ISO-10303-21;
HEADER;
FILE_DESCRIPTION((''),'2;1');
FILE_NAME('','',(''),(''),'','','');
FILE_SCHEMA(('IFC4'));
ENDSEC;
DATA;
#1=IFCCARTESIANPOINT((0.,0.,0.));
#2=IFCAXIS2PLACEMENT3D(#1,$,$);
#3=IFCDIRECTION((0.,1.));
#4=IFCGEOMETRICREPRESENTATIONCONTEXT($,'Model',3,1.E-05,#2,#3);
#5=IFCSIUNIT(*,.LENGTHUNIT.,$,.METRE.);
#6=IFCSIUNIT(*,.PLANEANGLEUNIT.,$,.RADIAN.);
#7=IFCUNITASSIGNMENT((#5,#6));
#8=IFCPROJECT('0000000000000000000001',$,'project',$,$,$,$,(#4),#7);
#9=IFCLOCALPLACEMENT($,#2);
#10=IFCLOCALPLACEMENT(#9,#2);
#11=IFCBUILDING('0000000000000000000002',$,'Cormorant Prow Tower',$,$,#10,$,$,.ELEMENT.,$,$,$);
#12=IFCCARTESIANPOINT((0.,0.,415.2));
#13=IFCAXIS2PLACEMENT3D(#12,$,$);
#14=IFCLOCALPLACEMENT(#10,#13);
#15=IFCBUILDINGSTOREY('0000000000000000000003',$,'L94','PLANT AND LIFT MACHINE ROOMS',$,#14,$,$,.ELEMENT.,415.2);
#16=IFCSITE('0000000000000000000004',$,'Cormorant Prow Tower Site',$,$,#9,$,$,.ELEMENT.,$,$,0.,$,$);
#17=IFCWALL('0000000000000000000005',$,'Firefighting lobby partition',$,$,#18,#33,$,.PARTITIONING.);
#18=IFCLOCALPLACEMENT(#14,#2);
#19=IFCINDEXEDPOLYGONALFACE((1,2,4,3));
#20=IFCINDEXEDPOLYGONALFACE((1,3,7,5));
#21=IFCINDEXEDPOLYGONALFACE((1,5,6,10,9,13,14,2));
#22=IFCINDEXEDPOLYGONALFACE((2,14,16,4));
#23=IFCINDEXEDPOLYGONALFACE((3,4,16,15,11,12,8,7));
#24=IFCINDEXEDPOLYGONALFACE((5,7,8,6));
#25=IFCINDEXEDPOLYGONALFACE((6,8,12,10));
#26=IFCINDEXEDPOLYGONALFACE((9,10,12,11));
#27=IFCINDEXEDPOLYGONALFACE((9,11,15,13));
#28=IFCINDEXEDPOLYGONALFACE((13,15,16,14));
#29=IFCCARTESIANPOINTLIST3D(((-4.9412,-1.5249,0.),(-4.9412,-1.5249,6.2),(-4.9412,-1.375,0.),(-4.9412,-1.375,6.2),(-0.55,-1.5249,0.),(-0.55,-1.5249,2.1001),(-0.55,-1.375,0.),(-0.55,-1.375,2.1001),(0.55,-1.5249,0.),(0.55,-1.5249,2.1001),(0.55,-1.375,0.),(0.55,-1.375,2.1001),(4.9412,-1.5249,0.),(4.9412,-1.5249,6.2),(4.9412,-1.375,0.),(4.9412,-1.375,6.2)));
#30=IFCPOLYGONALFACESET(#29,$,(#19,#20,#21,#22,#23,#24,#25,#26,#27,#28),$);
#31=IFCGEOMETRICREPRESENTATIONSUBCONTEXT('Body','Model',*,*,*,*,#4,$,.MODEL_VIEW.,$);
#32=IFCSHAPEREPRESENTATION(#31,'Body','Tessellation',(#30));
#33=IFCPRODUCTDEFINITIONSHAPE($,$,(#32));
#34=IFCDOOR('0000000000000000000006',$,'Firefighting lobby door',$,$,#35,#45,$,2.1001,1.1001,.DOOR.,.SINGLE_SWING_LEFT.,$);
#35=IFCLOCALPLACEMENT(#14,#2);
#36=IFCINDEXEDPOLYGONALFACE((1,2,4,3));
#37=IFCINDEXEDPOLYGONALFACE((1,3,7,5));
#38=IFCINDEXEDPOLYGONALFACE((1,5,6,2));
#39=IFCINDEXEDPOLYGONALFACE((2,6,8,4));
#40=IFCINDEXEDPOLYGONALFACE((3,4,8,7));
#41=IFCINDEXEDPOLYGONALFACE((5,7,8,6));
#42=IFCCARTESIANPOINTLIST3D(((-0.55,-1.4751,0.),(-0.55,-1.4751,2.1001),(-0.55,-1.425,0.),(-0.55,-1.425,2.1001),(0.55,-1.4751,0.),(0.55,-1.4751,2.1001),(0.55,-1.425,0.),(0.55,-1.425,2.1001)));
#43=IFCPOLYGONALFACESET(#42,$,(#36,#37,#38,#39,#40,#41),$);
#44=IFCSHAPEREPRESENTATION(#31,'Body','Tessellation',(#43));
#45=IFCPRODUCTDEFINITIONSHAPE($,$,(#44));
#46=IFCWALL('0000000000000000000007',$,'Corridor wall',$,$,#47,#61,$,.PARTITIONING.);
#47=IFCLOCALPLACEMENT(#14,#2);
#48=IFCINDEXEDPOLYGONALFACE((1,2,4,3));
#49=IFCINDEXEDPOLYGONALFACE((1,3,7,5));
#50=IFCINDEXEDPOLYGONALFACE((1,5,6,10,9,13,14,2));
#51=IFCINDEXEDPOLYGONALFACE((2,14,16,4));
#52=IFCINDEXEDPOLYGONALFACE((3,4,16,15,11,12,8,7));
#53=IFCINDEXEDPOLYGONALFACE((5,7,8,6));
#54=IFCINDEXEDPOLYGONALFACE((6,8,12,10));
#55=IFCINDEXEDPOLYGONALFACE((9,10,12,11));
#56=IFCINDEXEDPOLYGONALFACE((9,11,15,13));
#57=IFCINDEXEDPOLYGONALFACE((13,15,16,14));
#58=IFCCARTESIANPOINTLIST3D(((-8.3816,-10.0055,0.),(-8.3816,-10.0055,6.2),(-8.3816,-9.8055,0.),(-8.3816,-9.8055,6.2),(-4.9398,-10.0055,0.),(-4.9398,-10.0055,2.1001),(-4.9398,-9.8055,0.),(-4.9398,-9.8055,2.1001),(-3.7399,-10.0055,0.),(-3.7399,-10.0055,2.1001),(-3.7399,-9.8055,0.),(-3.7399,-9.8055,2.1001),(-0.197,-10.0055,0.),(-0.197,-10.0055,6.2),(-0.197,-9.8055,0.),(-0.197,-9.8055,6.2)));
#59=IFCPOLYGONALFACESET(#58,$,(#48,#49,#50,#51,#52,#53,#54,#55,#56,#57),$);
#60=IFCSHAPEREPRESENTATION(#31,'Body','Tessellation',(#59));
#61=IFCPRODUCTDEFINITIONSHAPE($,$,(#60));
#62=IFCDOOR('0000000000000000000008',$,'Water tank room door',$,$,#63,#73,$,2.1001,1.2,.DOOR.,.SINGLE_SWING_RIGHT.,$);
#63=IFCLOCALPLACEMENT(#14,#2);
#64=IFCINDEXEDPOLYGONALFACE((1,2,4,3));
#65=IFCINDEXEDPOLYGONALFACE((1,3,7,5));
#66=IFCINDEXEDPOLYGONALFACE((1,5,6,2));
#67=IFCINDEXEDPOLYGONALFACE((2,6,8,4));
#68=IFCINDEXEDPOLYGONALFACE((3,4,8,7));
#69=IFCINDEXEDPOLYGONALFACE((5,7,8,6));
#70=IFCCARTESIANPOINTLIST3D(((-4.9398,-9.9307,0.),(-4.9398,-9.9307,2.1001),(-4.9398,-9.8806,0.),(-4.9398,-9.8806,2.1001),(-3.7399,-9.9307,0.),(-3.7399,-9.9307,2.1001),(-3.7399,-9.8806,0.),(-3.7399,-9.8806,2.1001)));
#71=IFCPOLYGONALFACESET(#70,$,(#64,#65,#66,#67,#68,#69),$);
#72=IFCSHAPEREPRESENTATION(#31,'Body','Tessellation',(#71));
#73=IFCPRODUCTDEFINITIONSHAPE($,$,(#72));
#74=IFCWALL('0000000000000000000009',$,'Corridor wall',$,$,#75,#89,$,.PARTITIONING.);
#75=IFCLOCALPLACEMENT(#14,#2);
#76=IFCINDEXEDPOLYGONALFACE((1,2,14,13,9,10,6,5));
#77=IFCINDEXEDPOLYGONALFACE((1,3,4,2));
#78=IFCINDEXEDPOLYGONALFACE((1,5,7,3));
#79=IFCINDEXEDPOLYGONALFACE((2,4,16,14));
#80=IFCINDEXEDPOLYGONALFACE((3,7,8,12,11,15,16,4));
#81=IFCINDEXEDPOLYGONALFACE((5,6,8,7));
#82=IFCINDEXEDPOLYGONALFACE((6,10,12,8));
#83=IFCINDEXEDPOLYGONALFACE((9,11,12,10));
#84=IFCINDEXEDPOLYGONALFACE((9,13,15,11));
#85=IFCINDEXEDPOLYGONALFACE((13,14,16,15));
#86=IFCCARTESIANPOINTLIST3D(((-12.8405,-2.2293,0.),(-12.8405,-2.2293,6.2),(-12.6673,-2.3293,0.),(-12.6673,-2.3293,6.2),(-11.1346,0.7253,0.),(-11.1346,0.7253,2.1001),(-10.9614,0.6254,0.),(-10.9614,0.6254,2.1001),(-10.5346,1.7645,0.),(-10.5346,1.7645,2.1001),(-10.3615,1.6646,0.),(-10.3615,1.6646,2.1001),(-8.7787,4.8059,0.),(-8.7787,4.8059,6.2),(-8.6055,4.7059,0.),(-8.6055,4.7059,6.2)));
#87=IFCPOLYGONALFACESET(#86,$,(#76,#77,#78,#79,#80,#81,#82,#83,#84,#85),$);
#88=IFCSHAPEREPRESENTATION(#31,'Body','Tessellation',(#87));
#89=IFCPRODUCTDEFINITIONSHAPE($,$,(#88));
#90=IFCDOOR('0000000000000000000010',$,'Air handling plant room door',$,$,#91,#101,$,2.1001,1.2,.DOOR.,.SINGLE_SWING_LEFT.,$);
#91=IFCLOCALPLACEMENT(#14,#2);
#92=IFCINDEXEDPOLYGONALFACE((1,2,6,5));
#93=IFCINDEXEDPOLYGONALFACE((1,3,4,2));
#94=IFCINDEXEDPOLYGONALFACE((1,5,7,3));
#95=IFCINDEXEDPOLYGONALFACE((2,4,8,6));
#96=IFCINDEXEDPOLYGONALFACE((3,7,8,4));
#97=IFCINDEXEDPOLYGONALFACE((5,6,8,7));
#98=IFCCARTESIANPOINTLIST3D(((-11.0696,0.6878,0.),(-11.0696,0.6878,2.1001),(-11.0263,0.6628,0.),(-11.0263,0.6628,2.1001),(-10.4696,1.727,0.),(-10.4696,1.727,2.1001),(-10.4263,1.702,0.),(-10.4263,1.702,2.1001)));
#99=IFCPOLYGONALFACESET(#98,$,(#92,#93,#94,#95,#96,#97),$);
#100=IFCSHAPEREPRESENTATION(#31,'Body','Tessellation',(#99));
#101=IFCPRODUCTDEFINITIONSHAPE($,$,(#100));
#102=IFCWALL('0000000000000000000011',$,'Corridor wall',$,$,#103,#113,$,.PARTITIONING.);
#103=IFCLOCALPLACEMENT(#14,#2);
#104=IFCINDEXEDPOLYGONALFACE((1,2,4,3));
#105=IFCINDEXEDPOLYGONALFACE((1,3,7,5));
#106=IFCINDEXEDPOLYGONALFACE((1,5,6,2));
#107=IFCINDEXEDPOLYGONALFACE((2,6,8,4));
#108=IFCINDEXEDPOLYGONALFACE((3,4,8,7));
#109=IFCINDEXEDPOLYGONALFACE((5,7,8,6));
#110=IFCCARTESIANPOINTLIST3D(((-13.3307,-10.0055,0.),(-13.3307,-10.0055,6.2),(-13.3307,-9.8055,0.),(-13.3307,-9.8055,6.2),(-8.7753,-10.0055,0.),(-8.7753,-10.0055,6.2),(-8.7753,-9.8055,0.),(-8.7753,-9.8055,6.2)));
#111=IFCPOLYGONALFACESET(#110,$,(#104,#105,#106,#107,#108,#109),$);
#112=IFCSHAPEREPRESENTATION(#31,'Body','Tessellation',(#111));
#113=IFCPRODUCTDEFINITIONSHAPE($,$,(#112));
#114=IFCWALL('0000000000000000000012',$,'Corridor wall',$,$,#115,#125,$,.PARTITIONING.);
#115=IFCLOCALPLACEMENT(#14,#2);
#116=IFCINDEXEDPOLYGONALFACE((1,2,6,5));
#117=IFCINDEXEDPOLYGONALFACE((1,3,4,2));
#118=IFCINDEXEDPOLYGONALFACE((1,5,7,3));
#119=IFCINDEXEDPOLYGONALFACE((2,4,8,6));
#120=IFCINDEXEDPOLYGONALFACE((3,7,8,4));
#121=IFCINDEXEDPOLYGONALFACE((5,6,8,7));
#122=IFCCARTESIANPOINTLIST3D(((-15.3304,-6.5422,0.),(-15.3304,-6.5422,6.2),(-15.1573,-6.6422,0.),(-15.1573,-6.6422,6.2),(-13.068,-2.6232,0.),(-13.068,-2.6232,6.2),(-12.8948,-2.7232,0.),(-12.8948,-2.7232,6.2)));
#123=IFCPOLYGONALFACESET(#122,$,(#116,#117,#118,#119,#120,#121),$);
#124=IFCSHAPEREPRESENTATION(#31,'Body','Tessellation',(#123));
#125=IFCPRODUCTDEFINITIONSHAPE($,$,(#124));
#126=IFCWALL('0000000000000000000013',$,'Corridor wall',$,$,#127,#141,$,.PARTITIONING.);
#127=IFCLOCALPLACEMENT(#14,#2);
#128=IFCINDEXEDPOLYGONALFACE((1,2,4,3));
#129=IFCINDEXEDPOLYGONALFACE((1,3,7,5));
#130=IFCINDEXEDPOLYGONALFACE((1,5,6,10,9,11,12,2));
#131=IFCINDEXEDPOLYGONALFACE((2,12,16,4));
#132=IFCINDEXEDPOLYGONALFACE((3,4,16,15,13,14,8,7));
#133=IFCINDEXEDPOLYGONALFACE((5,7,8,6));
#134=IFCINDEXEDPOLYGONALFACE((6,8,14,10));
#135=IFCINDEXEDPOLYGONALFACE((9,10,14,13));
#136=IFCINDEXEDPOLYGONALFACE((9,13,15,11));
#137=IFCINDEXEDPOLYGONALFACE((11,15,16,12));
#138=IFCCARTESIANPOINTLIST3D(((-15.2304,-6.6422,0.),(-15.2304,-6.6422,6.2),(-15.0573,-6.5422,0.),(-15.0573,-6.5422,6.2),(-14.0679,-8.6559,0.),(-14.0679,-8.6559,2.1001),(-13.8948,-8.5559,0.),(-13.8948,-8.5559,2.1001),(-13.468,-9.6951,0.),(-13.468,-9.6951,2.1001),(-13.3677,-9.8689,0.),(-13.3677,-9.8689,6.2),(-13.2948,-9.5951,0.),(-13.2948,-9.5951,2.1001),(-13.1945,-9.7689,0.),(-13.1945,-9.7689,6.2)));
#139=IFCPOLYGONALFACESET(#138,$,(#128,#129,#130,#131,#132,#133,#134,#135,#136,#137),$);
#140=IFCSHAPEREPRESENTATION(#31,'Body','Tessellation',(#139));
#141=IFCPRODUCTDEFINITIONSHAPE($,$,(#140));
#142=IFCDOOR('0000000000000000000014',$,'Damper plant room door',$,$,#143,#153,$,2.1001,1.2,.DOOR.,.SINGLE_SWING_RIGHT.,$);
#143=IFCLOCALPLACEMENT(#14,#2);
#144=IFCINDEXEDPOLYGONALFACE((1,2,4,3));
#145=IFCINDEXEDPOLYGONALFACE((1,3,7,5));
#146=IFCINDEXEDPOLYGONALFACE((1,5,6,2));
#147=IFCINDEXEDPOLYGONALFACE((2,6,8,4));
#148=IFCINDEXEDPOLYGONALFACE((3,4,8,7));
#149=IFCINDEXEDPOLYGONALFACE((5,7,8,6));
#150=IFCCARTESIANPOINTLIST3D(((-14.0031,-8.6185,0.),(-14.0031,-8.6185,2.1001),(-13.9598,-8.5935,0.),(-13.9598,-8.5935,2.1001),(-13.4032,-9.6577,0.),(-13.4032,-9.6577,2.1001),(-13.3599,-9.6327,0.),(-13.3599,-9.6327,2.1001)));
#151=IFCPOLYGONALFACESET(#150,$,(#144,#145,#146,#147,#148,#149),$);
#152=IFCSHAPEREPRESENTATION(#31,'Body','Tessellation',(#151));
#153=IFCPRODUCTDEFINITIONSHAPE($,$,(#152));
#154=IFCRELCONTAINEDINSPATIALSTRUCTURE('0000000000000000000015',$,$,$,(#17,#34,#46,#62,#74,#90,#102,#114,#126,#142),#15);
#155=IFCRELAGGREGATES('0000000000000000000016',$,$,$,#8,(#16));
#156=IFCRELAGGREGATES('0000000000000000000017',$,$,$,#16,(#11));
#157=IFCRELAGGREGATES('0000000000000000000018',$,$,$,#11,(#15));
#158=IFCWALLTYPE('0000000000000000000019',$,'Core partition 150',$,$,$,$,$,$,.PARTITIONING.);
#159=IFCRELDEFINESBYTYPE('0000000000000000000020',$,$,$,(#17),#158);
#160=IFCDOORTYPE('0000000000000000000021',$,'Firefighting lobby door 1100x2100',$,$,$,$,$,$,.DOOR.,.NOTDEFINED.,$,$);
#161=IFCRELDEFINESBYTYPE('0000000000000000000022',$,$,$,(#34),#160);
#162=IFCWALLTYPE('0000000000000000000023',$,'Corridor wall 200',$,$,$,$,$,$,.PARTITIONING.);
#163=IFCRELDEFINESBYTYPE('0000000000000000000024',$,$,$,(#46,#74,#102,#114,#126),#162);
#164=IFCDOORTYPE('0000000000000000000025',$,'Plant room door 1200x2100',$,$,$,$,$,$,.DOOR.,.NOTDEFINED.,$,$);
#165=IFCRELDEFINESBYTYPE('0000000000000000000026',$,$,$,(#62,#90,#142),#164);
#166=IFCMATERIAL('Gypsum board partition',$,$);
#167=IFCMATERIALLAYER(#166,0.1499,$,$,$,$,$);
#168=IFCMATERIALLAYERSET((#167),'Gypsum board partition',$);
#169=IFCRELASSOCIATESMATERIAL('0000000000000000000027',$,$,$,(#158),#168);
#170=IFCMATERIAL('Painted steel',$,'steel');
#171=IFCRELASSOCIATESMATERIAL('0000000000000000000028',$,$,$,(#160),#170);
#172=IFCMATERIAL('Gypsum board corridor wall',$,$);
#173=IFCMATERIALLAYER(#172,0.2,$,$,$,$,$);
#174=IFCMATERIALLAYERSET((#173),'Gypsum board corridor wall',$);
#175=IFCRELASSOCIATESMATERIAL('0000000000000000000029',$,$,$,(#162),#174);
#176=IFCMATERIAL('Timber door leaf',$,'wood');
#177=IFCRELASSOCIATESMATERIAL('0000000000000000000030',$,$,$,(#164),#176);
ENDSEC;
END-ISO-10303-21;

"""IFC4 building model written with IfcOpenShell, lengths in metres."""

from ifc_helpers import new_model, si_unit, direction, frame, frame_2d, origin, place, context, subcontext, project, spatial, rectangle, extrude, material, layer, layer_set, type_object, element, fill, save


model = new_model("IFC4")

# Units and contexts
model_context = context("Model", 3, precision=1e-05, world=origin(), true_north=direction((0.0, 1.0)))
body_context = subcontext(model_context, "Body", "Model", "MODEL_VIEW")
ifc_project = project(units=[si_unit("LENGTHUNIT", "METRE"), si_unit("PLANEANGLEUNIT", "RADIAN")], contexts=[model_context])

# Site, building, storey
site_placement = place(None, origin())
site = spatial("IfcSite", under=ifc_project, at=site_placement, Name="Cormorant Prow Tower Site", CompositionType="ELEMENT", RefElevation=0.0)
building_placement = place(site_placement, origin())
building = spatial("IfcBuilding", under=site, at=building_placement, Name="Cormorant Prow Tower", CompositionType="ELEMENT")
storey_placement = place(building_placement, frame((0.0, 0.0, 415.2)))
storey = spatial("IfcBuildingStorey", under=building, at=storey_placement, Name="L94", Description="PLANT AND LIFT MACHINE ROOMS", CompositionType="ELEMENT", Elevation=415.2)

# Walls, openings, doors
ifc_material_1 = material(Name="Gypsum board partition")
ifc_layer_1 = layer(ifc_material_1, 0.1499)
ifc_layer_set_1 = layer_set([ifc_layer_1], Name="Gypsum board partition")
wall_type_1 = type_object("IfcWallType", Name="Core partition 150", PredefinedType="PARTITIONING", material=ifc_layer_set_1)
wall_1_placement = place(storey_placement, frame((-4.9412, -1.45, 0.0), z_axis=(0.0, 0.0, 1.0), x_axis=(1.0, 0.0, 0.0)))
wall_1 = element("IfcWall", 1, at=wall_1_placement, inside=storey, type_object=wall_type_1, Name="Firefighting lobby partition", PredefinedType="PARTITIONING", context=body_context, shape_type="SweptSolid", body=[
    extrude(rectangle(XDim=9.8823, YDim=0.1499, at=frame_2d((4.9412, 0.0))), origin(), (0.0, 0.0, 1.0), 6.2),
])
opening_1_placement = place(wall_1_placement, frame((4.3911, 0.0, 0.0)))
opening_1 = element("IfcOpeningElement", 2, at=opening_1_placement, cuts=wall_1, PredefinedType="OPENING", context=body_context, shape_type="SweptSolid", body=[
    extrude(rectangle(XDim=1.1001, YDim=2.1001, at=frame_2d((0.55, 1.05))), frame((0.0, 0.085, 0.0), z_axis=(0.0, -1.0, 0.0), x_axis=(1.0, 0.0, 0.0)), (0.0, 0.0, 1.0), 0.1699),
])
ifc_material_2 = material(Name="Painted steel", Category="steel")
door_type_1 = type_object("IfcDoorType", Name="Firefighting lobby door 1100x2100", OperationType="NOTDEFINED", PredefinedType="DOOR", material=ifc_material_2)
door_1_placement = place(opening_1_placement, origin())
door_1 = element("IfcDoor", 3, at=door_1_placement, inside=storey, type_object=door_type_1, Name="Firefighting lobby door", OperationType="SINGLE_SWING_LEFT", OverallHeight=2.1001, OverallWidth=1.1001, PredefinedType="DOOR", context=body_context, shape_type="SweptSolid", body=[
    extrude(rectangle(XDim=1.1001, YDim=2.1001, at=frame_2d((0.55, 1.05))), frame((0.0, 0.0249, 0.0), z_axis=(0.0, -1.0, 0.0), x_axis=(1.0, 0.0, 0.0)), (0.0, 0.0, 1.0), 0.05),
])
fill(opening_1, door_1)
ifc_material_3 = material(Name="Gypsum board corridor wall")
ifc_layer_2 = layer(ifc_material_3, 0.2)
ifc_layer_set_2 = layer_set([ifc_layer_2], Name="Gypsum board corridor wall")
wall_type_2 = type_object("IfcWallType", Name="Corridor wall 200", PredefinedType="PARTITIONING", material=ifc_layer_set_2)
wall_2_placement = place(storey_placement, frame((-8.3816, -9.9055, 0.0), z_axis=(0.0, 0.0, 1.0), x_axis=(1.0, 0.0, 0.0)))
wall_2 = element("IfcWall", 4, at=wall_2_placement, inside=storey, type_object=wall_type_2, Name="Corridor wall", PredefinedType="PARTITIONING", context=body_context, shape_type="SweptSolid", body=[
    extrude(rectangle(XDim=8.1846, YDim=0.2, at=frame_2d((4.0923, 0.0))), origin(), (0.0, 0.0, 1.0), 6.2),
])
opening_2_placement = place(wall_2_placement, frame((3.4417, 0.0, 0.0)))
opening_2 = element("IfcOpeningElement", 5, at=opening_2_placement, cuts=wall_2, PredefinedType="OPENING", context=body_context, shape_type="SweptSolid", body=[
    extrude(rectangle(XDim=1.2, YDim=2.1001, at=frame_2d((0.6001, 1.05))), frame((0.0, 0.1099, 0.0), z_axis=(0.0, -1.0, 0.0), x_axis=(1.0, 0.0, 0.0)), (0.0, 0.0, 1.0), 0.22),
])
ifc_material_4 = material(Name="Timber door leaf", Category="wood")
door_type_2 = type_object("IfcDoorType", Name="Plant room door 1200x2100", OperationType="NOTDEFINED", PredefinedType="DOOR", material=ifc_material_4)
door_2_placement = place(opening_2_placement, origin())
door_2 = element("IfcDoor", 6, at=door_2_placement, inside=storey, type_object=door_type_2, Name="Water tank room door", OperationType="SINGLE_SWING_RIGHT", OverallHeight=2.1001, OverallWidth=1.2, PredefinedType="DOOR", context=body_context, shape_type="SweptSolid", body=[
    extrude(rectangle(XDim=1.2, YDim=2.1001, at=frame_2d((0.6001, 1.05))), frame((0.0, 0.0249, 0.0), z_axis=(0.0, -1.0, 0.0), x_axis=(1.0, 0.0, 0.0)), (0.0, 0.0, 1.0), 0.05),
])
fill(opening_2, door_2)
wall_3_placement = place(storey_placement, frame((-12.7539, -2.2793, 0.0), z_axis=(0.0, 0.0, 1.0), x_axis=(0.500002, 0.866024, 0.0)))
wall_3 = element("IfcWall", 7, at=wall_3_placement, inside=storey, type_object=wall_type_2, Name="Corridor wall", PredefinedType="PARTITIONING", context=body_context, shape_type="SweptSolid", body=[
    extrude(rectangle(XDim=8.1235, YDim=0.2, at=frame_2d((4.0618, 0.0))), origin(), (0.0, 0.0, 1.0), 6.2),
])
opening_3_placement = place(wall_3_placement, frame((3.4116, 0.0, 0.0)))
opening_3 = element("IfcOpeningElement", 8, at=opening_3_placement, cuts=wall_3, PredefinedType="OPENING", context=body_context, shape_type="SweptSolid", body=[
    extrude(rectangle(XDim=1.2, YDim=2.1001, at=frame_2d((0.6001, 1.05))), frame((0.0, 0.1099, 0.0), z_axis=(0.0, -1.0, 0.0), x_axis=(1.0, 0.0, 0.0)), (0.0, 0.0, 1.0), 0.22),
])
door_3_placement = place(opening_3_placement, origin())
door_3 = element("IfcDoor", 9, at=door_3_placement, inside=storey, type_object=door_type_2, Name="Air handling plant room door", OperationType="SINGLE_SWING_LEFT", OverallHeight=2.1001, OverallWidth=1.2, PredefinedType="DOOR", context=body_context, shape_type="SweptSolid", body=[
    extrude(rectangle(XDim=1.2, YDim=2.1001, at=frame_2d((0.6001, 1.05))), frame((0.0, 0.0249, 0.0), z_axis=(0.0, -1.0, 0.0), x_axis=(1.0, 0.0, 0.0)), (0.0, 0.0, 1.0), 0.05),
])
fill(opening_3, door_3)

# Walls
wall_4_placement = place(storey_placement, frame((-13.3308, -9.9055, 0.0), z_axis=(0.0, 0.0, 1.0), x_axis=(1.0, 0.0, 0.0)))
element("IfcWall", 10, at=wall_4_placement, inside=storey, type_object=wall_type_2, Name="Corridor wall", PredefinedType="PARTITIONING", context=body_context, shape_type="SweptSolid", body=[
    extrude(rectangle(XDim=4.5554, YDim=0.2, at=frame_2d((2.2778, 0.0))), origin(), (0.0, 0.0, 1.0), 6.2),
])
wall_5_placement = place(storey_placement, frame((-15.2439, -6.5923, 0.0), z_axis=(0.0, 0.0, 1.0), x_axis=(0.499975, 0.86604, 0.0)))
element("IfcWall", 11, at=wall_5_placement, inside=storey, type_object=wall_type_2, Name="Corridor wall", PredefinedType="PARTITIONING", context=body_context, shape_type="SweptSolid", body=[
    extrude(rectangle(XDim=4.5251, YDim=0.2, at=frame_2d((2.2627, 0.0))), origin(), (0.0, 0.0, 1.0), 6.2),
])

# Wall, opening, door
wall_6_placement = place(storey_placement, frame((-15.1438, -6.5923, 0.0), z_axis=(0.0, 0.0, 1.0), x_axis=(0.499959, -0.866049, 0.0)))
wall_6 = element("IfcWall", 12, at=wall_6_placement, inside=storey, type_object=wall_type_2, Name="Corridor wall", PredefinedType="PARTITIONING", context=body_context, shape_type="SweptSolid", body=[
    extrude(rectangle(XDim=3.7258, YDim=0.2, at=frame_2d((1.8628, 0.0))), origin(), (0.0, 0.0, 1.0), 6.2),
])
opening_4_placement = place(wall_6_placement, frame((2.325, 0.0, 0.0)))
opening_4 = element("IfcOpeningElement", 13, at=opening_4_placement, cuts=wall_6, PredefinedType="OPENING", context=body_context, shape_type="SweptSolid", body=[
    extrude(rectangle(XDim=1.2, YDim=2.1001, at=frame_2d((0.6001, 1.05))), frame((0.0, 0.1099, 0.0), z_axis=(0.0, -1.0, 0.0), x_axis=(1.0, 0.0, 0.0)), (0.0, 0.0, 1.0), 0.22),
])
door_4_placement = place(opening_4_placement, origin())
door_4 = element("IfcDoor", 14, at=door_4_placement, inside=storey, type_object=door_type_2, Name="Damper plant room door", OperationType="SINGLE_SWING_RIGHT", OverallHeight=2.1001, OverallWidth=1.2, PredefinedType="DOOR", context=body_context, shape_type="SweptSolid", body=[
    extrude(rectangle(XDim=1.2, YDim=2.1001, at=frame_2d((0.6001, 1.05))), frame((0.0, 0.0249, 0.0), z_axis=(0.0, -1.0, 0.0), x_axis=(1.0, 0.0, 0.0)), (0.0, 0.0, 1.0), 0.05),
])
fill(opening_4, door_4)

save(model, "model.ifc")
